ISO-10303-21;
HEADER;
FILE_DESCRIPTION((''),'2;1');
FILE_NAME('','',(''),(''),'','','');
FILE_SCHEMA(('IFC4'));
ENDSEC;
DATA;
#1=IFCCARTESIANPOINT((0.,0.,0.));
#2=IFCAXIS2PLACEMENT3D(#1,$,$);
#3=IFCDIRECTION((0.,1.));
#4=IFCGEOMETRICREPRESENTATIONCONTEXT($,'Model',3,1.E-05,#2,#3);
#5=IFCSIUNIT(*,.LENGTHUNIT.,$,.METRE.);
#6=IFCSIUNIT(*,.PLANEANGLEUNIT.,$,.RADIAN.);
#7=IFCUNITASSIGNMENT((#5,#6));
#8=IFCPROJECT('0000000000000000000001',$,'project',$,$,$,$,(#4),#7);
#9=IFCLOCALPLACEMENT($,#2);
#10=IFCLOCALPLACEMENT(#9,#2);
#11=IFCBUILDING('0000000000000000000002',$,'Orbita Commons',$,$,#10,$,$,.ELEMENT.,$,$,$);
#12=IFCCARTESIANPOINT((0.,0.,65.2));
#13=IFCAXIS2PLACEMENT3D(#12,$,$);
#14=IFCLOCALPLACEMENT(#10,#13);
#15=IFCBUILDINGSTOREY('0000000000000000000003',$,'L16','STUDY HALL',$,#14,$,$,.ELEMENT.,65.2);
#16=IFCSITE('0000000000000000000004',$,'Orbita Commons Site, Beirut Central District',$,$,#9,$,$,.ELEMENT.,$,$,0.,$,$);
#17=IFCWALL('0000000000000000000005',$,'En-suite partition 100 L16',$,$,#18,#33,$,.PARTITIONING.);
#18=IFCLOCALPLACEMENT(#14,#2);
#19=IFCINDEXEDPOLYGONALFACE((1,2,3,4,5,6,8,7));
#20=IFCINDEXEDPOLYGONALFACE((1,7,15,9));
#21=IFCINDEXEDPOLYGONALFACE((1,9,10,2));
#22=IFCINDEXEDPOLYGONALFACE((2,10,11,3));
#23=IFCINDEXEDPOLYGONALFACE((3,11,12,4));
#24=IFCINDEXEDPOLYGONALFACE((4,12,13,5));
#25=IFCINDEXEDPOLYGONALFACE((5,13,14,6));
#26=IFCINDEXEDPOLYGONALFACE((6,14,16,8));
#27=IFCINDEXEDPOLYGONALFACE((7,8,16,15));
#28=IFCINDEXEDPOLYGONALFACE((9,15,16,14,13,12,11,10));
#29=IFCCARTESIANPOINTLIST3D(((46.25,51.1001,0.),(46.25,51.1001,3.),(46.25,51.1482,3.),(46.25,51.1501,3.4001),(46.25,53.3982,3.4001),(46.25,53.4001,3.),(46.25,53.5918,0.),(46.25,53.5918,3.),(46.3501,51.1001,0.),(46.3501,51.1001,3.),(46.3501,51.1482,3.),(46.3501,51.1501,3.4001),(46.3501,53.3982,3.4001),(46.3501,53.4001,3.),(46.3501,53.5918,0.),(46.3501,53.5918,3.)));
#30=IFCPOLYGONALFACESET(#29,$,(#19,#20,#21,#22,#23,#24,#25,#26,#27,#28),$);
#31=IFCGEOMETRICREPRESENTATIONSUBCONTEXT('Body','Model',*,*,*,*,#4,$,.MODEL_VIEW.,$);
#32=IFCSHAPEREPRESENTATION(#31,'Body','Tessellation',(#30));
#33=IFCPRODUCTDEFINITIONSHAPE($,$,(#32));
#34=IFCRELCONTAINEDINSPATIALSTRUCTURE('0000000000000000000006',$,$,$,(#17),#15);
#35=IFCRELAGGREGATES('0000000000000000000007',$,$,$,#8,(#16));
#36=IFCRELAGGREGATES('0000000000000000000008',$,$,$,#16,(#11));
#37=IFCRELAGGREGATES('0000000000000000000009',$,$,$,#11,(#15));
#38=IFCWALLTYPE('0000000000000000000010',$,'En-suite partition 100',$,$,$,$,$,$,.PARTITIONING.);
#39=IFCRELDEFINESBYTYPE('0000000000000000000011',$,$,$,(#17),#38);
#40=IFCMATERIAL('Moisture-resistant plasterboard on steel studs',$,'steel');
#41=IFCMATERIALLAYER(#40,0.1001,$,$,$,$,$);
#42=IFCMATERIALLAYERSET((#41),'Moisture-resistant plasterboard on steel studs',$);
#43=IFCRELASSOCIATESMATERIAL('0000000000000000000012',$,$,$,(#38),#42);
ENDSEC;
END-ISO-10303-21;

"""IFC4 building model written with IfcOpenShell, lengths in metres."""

from ifc_helpers import new_model, si_unit, direction, frame, origin, place, context, subcontext, project, spatial, polyline, outline, extrude, material, layer, layer_set, type_object, element, save


model = new_model("IFC4")

# Units and contexts
model_context = context("Model", 3, precision=1e-05, world=origin(), true_north=direction((0.0, 1.0)))
body_context = subcontext(model_context, "Body", "Model", "MODEL_VIEW")
ifc_project = project(units=[si_unit("LENGTHUNIT", "METRE"), si_unit("PLANEANGLEUNIT", "RADIAN")], contexts=[model_context])

# Site, building, storey
site_placement = place(None, origin())
site = spatial("IfcSite", under=ifc_project, at=site_placement, Name="Orbita Commons Site, Beirut Central District", CompositionType="ELEMENT", RefElevation=0.0)
building_placement = place(site_placement, origin())
building = spatial("IfcBuilding", under=site, at=building_placement, Name="Orbita Commons", CompositionType="ELEMENT")
storey_placement = place(building_placement, frame((0.0, 0.0, 65.2)))
storey = spatial("IfcBuildingStorey", under=building, at=storey_placement, Name="L16", Description="STUDY HALL", CompositionType="ELEMENT", Elevation=65.2)

# Wall
ifc_material_1 = material(Name="Moisture-resistant plasterboard on steel studs", Category="steel")
ifc_layer_1 = layer(ifc_material_1, 0.1001)
ifc_layer_set_1 = layer_set([ifc_layer_1], Name="Moisture-resistant plasterboard on steel studs")
wall_type_1 = type_object("IfcWallType", Name="En-suite partition 100", PredefinedType="PARTITIONING", material=ifc_layer_set_1)
for number, where, z_axis, x_axis, name in (
    (1, (46.3, 53.5918, 0.0), (0.0, 0.0, 1.0), (0.0, -1.0, 0.0), "En-suite partition 100 L16"),
):
    element("IfcWall", number, at=place(storey_placement, frame(where, z_axis=z_axis, x_axis=x_axis)), inside=storey, type_object=wall_type_1, Name=name, PredefinedType="PARTITIONING", context=body_context, shape_type="SweptSolid", body=[
        extrude(outline(polyline([(0.0, 0.0), (2.4917, 0.0), (2.4917, 3.0), (2.4436, 3.0), (2.4417, 3.4001), (0.1936, 3.4001), (0.1917, 3.0), (0.0, 3.0), (0.0, 0.0)])), frame((0.0, 0.05, 0.0), z_axis=(0.0, -1.0, 0.0), x_axis=(1.0, 0.0, 0.0)), (0.0, 0.0, 1.0), 0.1001),
    ])

save(model, "model.ifc")
